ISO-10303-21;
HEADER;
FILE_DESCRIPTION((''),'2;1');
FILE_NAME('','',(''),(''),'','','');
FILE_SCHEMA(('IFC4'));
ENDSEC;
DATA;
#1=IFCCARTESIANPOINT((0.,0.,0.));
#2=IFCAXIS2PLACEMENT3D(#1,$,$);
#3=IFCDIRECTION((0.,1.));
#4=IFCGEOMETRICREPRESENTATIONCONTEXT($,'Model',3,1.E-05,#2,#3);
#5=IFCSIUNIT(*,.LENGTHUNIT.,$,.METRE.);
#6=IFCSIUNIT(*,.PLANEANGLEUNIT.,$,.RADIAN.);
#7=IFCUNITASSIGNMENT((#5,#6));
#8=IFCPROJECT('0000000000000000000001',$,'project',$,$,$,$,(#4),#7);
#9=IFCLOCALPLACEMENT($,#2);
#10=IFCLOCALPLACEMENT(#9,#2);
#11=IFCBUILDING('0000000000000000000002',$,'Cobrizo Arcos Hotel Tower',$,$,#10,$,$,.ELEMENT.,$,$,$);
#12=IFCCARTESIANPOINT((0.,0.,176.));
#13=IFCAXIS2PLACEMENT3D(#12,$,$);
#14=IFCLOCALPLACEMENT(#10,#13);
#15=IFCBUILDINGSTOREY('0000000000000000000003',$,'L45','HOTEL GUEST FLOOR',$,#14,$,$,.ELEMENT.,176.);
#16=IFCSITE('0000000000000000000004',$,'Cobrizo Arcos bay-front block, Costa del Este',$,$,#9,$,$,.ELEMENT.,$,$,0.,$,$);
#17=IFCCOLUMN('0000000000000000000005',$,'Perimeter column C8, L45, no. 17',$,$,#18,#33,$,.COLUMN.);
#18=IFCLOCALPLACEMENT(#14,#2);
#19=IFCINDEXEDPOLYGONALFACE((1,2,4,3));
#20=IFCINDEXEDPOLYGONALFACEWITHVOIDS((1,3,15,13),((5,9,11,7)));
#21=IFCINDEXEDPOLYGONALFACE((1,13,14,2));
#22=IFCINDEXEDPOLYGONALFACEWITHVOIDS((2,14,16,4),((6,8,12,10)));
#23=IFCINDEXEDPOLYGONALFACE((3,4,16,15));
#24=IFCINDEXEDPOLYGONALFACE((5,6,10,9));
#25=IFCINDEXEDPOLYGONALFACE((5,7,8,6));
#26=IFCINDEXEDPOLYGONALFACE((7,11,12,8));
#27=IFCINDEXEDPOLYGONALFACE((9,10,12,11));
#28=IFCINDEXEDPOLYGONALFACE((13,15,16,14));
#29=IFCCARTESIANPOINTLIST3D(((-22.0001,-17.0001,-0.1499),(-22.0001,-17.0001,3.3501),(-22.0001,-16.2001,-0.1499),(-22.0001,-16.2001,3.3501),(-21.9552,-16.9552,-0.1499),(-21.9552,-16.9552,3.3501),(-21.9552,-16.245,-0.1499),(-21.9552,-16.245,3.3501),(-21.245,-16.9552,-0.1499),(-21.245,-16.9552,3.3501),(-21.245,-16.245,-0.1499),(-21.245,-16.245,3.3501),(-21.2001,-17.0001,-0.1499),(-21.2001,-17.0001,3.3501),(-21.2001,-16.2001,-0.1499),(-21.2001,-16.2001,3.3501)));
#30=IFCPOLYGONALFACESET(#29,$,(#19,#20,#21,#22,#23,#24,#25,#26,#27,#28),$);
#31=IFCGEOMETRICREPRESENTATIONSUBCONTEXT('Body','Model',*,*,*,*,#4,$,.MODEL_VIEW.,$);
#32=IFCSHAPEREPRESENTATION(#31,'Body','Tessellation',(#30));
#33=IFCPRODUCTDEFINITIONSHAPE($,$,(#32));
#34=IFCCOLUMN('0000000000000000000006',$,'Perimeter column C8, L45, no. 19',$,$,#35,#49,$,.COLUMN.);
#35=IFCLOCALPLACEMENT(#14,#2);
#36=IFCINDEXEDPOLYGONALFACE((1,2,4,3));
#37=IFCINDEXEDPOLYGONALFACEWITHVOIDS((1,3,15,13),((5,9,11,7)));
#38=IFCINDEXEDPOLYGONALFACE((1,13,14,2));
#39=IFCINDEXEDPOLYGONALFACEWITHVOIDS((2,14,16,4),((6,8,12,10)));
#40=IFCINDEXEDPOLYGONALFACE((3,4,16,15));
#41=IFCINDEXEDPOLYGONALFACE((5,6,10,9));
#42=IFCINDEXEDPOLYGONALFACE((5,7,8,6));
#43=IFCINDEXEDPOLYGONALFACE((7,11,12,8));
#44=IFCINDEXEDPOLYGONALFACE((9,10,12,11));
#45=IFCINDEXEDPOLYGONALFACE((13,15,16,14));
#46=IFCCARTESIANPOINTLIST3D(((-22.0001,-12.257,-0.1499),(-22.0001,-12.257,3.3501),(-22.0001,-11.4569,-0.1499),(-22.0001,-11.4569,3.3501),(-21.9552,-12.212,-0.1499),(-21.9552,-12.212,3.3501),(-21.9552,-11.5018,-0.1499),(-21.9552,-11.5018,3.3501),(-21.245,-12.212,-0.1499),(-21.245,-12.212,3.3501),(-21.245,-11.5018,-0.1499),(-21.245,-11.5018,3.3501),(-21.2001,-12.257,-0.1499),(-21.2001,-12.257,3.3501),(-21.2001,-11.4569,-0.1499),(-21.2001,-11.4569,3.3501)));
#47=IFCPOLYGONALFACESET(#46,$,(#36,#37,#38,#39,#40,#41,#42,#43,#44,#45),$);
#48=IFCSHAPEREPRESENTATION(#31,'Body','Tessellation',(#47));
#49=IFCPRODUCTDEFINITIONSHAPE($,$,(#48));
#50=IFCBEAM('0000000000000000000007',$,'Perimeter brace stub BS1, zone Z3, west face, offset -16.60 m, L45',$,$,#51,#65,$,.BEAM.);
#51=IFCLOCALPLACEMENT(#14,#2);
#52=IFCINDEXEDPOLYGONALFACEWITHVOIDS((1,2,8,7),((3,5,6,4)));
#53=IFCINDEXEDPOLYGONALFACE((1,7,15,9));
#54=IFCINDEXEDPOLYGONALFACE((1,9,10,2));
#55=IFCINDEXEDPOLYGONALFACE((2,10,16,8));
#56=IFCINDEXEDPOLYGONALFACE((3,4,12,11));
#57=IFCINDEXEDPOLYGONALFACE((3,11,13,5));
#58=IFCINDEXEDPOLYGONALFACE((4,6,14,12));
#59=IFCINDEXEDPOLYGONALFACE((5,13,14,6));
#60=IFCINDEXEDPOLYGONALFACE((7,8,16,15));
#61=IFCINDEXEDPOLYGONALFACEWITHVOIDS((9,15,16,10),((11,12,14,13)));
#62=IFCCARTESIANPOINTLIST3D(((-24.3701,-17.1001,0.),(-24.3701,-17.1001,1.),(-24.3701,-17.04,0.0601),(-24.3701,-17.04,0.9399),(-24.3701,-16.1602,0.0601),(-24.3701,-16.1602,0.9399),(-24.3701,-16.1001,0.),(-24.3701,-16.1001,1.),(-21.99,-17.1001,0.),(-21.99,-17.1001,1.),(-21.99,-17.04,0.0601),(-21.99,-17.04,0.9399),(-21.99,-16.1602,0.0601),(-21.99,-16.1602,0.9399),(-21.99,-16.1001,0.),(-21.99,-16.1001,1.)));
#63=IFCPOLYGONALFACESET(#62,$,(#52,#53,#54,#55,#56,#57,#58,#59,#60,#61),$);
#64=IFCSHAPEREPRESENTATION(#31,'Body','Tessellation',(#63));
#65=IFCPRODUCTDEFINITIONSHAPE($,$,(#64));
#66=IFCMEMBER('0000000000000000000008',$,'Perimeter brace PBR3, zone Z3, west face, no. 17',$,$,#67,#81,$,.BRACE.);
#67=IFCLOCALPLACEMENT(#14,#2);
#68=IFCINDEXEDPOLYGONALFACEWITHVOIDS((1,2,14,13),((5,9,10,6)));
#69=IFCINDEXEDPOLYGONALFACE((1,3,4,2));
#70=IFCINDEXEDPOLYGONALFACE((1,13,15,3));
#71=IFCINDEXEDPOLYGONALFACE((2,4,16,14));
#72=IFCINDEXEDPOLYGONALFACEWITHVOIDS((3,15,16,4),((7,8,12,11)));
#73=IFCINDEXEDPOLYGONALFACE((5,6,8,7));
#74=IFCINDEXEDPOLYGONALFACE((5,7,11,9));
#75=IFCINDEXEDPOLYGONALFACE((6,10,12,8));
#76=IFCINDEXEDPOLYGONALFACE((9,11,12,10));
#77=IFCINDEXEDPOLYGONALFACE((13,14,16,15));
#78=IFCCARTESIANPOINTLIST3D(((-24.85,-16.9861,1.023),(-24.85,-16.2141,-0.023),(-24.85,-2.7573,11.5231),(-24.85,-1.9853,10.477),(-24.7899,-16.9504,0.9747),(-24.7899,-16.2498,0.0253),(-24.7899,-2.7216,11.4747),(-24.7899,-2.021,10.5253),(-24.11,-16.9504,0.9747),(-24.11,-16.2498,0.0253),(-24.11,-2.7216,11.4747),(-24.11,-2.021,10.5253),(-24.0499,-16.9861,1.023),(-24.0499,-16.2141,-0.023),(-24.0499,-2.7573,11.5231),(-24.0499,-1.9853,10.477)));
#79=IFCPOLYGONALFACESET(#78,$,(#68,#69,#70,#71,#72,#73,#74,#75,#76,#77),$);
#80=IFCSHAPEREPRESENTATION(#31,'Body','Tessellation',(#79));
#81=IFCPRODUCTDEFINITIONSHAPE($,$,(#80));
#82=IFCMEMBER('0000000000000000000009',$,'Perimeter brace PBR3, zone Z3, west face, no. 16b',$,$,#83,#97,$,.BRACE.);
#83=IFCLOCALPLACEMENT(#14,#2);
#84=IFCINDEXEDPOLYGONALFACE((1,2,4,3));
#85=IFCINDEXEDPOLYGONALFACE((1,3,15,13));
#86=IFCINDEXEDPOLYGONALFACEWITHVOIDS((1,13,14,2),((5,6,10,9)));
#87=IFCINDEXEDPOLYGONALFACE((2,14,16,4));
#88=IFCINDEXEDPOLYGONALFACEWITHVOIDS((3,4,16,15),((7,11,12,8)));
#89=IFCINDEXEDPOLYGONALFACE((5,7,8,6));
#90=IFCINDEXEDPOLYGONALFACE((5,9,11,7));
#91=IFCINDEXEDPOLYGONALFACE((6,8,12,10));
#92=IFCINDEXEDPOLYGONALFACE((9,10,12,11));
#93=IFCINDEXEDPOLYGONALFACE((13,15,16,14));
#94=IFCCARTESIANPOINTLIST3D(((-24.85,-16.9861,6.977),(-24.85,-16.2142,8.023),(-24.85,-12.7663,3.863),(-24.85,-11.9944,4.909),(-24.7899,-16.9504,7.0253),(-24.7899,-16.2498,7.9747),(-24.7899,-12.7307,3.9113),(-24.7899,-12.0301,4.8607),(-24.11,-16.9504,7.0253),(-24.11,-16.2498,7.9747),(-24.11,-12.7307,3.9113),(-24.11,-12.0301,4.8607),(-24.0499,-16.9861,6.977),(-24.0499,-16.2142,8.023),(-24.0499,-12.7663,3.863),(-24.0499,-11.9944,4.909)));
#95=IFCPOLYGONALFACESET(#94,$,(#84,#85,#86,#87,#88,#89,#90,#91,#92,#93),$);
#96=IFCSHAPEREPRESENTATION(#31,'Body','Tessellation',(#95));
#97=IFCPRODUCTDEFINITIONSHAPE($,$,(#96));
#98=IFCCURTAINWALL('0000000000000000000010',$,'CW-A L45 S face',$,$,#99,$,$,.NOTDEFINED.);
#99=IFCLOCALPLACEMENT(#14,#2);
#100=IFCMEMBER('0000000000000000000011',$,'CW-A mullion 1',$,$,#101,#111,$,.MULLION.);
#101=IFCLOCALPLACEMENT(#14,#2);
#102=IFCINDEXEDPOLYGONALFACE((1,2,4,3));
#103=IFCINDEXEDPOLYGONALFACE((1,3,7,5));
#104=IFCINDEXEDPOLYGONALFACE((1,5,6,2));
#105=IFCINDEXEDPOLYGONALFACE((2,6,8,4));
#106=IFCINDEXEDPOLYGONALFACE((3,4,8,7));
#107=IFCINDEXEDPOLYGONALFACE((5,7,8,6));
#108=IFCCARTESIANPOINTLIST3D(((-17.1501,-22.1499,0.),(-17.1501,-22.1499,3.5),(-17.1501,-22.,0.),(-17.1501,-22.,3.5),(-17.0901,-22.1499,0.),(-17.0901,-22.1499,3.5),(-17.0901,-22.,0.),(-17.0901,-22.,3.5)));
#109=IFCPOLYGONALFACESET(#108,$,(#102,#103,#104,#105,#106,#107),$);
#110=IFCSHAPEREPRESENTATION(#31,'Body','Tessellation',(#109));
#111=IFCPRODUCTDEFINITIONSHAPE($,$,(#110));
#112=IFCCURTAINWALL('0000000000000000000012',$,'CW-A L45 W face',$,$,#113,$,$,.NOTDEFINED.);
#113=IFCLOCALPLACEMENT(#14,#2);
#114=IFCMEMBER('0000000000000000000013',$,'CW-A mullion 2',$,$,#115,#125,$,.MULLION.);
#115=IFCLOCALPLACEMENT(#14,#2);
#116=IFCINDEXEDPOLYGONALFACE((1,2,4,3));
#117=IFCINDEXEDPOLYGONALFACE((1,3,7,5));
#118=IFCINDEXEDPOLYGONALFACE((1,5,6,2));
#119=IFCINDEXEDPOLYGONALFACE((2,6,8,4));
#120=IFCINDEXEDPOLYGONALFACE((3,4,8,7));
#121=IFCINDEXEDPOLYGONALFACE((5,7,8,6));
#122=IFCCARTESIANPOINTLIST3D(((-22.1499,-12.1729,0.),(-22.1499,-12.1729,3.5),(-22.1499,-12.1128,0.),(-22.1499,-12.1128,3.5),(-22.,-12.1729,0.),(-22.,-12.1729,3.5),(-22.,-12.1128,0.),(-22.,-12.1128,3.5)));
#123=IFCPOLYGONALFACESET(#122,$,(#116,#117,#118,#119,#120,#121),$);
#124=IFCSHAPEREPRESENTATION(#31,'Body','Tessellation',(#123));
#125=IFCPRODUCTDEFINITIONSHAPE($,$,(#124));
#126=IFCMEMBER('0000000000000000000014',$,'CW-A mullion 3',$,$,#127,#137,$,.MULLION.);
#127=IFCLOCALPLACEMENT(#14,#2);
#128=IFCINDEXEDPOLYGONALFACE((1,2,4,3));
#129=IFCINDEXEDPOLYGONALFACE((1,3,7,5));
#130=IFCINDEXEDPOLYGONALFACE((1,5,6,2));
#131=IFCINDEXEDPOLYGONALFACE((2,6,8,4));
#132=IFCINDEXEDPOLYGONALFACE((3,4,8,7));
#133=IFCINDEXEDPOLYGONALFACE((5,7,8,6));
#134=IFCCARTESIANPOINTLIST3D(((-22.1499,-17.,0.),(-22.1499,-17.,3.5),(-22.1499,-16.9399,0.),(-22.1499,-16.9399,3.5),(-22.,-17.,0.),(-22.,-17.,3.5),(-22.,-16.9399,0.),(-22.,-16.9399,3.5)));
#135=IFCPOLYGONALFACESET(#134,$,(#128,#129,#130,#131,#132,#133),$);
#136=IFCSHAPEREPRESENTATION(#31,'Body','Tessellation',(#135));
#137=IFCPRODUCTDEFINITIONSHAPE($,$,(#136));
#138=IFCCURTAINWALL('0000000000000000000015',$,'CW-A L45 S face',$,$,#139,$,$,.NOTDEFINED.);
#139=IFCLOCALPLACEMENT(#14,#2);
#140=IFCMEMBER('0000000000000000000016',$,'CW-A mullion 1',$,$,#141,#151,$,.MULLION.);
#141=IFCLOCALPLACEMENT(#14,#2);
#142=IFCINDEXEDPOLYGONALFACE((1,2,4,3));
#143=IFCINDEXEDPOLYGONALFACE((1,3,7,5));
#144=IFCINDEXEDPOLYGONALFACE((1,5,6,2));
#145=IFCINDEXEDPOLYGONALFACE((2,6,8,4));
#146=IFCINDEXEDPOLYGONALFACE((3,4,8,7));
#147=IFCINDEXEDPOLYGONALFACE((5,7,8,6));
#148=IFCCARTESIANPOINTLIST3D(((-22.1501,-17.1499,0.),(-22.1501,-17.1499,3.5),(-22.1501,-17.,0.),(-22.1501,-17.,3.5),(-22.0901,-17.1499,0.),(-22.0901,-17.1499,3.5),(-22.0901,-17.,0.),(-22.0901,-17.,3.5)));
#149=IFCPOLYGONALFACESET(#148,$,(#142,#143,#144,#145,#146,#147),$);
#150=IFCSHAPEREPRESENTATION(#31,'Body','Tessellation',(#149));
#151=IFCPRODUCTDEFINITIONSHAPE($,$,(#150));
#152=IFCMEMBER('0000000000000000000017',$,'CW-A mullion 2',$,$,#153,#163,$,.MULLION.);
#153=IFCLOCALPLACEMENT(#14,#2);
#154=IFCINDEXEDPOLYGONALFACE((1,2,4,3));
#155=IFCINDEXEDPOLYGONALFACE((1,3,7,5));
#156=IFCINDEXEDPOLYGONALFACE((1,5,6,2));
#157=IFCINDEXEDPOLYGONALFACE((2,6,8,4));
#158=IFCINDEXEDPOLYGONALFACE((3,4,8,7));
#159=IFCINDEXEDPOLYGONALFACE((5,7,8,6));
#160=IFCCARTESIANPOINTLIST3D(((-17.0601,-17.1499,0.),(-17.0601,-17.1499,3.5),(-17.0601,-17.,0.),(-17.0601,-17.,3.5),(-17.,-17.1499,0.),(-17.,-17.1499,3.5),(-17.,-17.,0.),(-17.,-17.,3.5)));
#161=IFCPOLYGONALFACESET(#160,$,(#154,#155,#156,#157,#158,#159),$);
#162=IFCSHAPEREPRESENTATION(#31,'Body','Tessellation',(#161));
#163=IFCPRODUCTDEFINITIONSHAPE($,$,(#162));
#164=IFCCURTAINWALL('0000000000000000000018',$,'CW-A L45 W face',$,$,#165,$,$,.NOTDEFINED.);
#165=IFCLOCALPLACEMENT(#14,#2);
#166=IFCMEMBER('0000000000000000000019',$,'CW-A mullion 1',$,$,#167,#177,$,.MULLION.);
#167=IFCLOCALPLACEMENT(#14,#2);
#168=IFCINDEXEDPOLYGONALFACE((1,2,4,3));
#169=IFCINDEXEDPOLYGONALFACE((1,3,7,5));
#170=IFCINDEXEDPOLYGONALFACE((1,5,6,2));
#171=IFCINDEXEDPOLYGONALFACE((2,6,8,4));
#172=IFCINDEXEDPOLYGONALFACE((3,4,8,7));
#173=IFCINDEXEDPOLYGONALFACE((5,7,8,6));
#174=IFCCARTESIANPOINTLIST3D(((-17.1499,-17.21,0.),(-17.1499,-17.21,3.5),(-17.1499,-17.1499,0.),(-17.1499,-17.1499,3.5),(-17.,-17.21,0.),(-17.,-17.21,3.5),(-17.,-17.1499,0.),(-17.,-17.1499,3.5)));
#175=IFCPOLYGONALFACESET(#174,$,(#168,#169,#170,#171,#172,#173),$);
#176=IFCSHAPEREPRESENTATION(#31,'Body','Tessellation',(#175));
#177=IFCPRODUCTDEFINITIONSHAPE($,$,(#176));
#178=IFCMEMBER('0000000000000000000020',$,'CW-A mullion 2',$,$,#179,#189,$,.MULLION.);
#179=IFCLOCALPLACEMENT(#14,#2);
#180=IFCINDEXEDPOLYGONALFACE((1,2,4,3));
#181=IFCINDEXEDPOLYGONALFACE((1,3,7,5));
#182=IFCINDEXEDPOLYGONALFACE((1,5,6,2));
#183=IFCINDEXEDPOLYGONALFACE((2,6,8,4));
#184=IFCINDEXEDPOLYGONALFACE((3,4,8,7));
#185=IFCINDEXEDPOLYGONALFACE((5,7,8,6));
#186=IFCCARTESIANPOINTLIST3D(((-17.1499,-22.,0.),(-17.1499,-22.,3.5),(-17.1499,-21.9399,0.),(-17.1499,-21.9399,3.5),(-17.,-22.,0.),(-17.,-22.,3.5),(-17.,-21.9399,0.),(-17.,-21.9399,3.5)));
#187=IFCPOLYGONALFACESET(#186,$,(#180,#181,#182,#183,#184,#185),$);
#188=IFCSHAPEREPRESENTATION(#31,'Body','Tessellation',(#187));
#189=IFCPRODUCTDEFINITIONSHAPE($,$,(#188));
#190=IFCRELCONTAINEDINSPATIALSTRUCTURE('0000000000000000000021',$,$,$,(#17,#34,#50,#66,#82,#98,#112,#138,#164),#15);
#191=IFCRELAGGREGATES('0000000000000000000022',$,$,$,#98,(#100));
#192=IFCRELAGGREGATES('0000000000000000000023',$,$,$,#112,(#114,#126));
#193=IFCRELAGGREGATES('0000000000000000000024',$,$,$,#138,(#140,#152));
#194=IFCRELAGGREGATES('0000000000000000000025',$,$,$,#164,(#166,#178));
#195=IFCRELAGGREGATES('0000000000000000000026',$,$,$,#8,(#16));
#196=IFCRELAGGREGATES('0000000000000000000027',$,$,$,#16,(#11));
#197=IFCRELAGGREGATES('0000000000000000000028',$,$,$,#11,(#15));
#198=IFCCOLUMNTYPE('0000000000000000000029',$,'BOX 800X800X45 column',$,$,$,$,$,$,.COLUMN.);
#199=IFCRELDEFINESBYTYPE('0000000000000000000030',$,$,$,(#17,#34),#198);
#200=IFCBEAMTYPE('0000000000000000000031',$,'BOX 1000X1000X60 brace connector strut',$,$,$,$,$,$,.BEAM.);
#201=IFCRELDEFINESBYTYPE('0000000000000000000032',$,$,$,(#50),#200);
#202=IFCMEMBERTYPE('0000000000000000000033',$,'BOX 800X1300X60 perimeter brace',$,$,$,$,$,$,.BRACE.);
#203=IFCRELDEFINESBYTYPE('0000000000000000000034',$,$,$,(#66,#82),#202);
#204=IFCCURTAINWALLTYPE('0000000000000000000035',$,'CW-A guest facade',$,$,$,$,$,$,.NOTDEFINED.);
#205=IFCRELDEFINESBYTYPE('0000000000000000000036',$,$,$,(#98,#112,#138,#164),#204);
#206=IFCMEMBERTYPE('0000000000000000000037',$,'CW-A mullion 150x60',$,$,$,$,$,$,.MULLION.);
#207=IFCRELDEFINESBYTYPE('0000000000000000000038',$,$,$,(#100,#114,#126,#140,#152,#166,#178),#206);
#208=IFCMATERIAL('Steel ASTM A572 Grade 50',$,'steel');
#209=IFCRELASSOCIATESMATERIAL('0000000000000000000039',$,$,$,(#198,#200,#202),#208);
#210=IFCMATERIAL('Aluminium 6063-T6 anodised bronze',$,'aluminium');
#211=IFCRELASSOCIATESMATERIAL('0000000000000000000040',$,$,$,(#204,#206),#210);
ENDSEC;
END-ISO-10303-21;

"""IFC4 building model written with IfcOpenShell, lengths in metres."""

from ifc_helpers import new_model, si_unit, direction, frame, origin, origin_2d, place, context, subcontext, project, spatial, rectangle, hollow_rectangle, extrude, material, material_profile, profile_set, type_object, element, aggregate, save


model = new_model("IFC4")

# Units and contexts
model_context = context("Model", 3, precision=1e-05, world=origin(), true_north=direction((0.0, 1.0)))
body_context = subcontext(model_context, "Body", "Model", "MODEL_VIEW")
ifc_project = project(units=[si_unit("LENGTHUNIT", "METRE"), si_unit("PLANEANGLEUNIT", "RADIAN")], contexts=[model_context])

# Site, building, storey
site_placement = place(None, origin())
site = spatial("IfcSite", under=ifc_project, at=site_placement, Name="Cobrizo Arcos bay-front block, Costa del Este", CompositionType="ELEMENT", RefElevation=0.0)
building_placement = place(site_placement, origin())
building = spatial("IfcBuilding", under=site, at=building_placement, Name="Cobrizo Arcos Hotel Tower", CompositionType="ELEMENT")
storey_placement = place(building_placement, frame((0.0, 0.0, 176.0)))
storey = spatial("IfcBuildingStorey", under=building, at=storey_placement, Name="L45", Description="HOTEL GUEST FLOOR", CompositionType="ELEMENT", Elevation=176.0)

# Columns
ifc_material_1 = material(Name="Steel ASTM A572 Grade 50", Category="steel")
ifc_material_profile_1 = material_profile(ifc_material_1, hollow_rectangle(XDim=0.8, YDim=0.8, WallThickness=0.0449, at=origin_2d()), Name="BOX 800X800X45")
ifc_profile_set_1 = profile_set([ifc_material_profile_1], Name="Steel ASTM A572 Grade 50")
column_type = type_object("IfcColumnType", Name="BOX 800X800X45 column", PredefinedType="COLUMN", material=ifc_profile_set_1)
for number, where, z_axis, x_axis, name in (
    (1, (-21.6001, -16.6001, -0.1499), (0.0, 0.0, 1.0), (1.0, 0.0, 0.0), "Perimeter column C8, L45, no. 17"),
    (2, (-21.6001, -11.8569, -0.1499), (0.0, 0.0, 1.0), (1.0, 0.0, 0.0), "Perimeter column C8, L45, no. 19"),
):
    element("IfcColumn", number, at=place(storey_placement, frame(where, z_axis=z_axis, x_axis=x_axis)), inside=storey, type_object=column_type, Name=name, PredefinedType="COLUMN", context=body_context, shape_type="SweptSolid", body=[
        extrude(hollow_rectangle(XDim=0.8, YDim=0.8, WallThickness=0.0449, at=origin_2d()), origin(), (0.0, 0.0, 1.0), 3.5),
    ])

# Beam
ifc_material_profile_2 = material_profile(ifc_material_1, hollow_rectangle(XDim=1.0, YDim=1.0, WallThickness=0.0601, at=origin_2d()), Name="BOX 1000X1000X60")
ifc_profile_set_2 = profile_set([ifc_material_profile_2], Name="Steel ASTM A572 Grade 50")
beam_type_1 = type_object("IfcBeamType", Name="BOX 1000X1000X60 brace connector strut", PredefinedType="BEAM", material=ifc_profile_set_2)
beam_1_placement = place(storey_placement, frame((-21.99, -16.6001, 0.5), z_axis=(-1.0, 0.0, 0.0), x_axis=(0.0, -1.0, 0.0)))
element("IfcBeam", 3, at=beam_1_placement, inside=storey, type_object=beam_type_1, Name="Perimeter brace stub BS1, zone Z3, west face, offset -16.60 m, L45", PredefinedType="BEAM", context=body_context, shape_type="SweptSolid", body=[
    extrude(hollow_rectangle(XDim=1.0, YDim=1.0, WallThickness=0.0601, at=origin_2d()), origin(), (0.0, 0.0, 1.0), 2.3801),
])

# Members
ifc_material_profile_3 = material_profile(ifc_material_1, hollow_rectangle(XDim=0.8, YDim=1.3, WallThickness=0.0601, at=origin_2d()), Name="BOX 800X1300X60")
ifc_profile_set_3 = profile_set([ifc_material_profile_3], Name="Steel ASTM A572 Grade 50")
member_type_1 = type_object("IfcMemberType", Name="BOX 800X1300X60 perimeter brace", PredefinedType="BRACE", material=ifc_profile_set_3)
member_1_placement = place(storey_placement, frame((-24.45, -16.6001, 0.5), z_axis=(0.0, 0.804633, 0.593772), x_axis=(-1.0, 0.0, 0.0)))
element("IfcMember", 4, at=member_1_placement, inside=storey, type_object=member_type_1, Name="Perimeter brace PBR3, zone Z3, west face, no. 17", PredefinedType="BRACE", context=body_context, shape_type="SweptSolid", body=[
    extrude(hollow_rectangle(XDim=0.8, YDim=1.3, WallThickness=0.0601, at=origin_2d()), origin(), (0.0, 0.0, 1.0), 17.6836),
])
member_2_placement = place(storey_placement, frame((-24.45, -12.3804, 4.386), z_axis=(0.0, -0.804624, 0.593785), x_axis=(1.0, 0.0, 0.0)))
element("IfcMember", 5, at=member_2_placement, inside=storey, type_object=member_type_1, Name="Perimeter brace PBR3, zone Z3, west face, no. 16b", PredefinedType="BRACE", context=body_context, shape_type="SweptSolid", body=[
    extrude(hollow_rectangle(XDim=0.8, YDim=1.3, WallThickness=0.0601, at=origin_2d()), origin(), (0.0, 0.0, 1.0), 5.2444),
])

# Curtain wall, member
ifc_material_2 = material(Name="Aluminium 6063-T6 anodised bronze", Category="aluminium")
curtain_wall_type = type_object("IfcCurtainWallType", Name="CW-A guest facade", PredefinedType="NOTDEFINED", material=ifc_material_2)
curtain_wall_1_placement = place(storey_placement, origin())
curtain_wall_1 = element("IfcCurtainWall", 6, at=curtain_wall_1_placement, inside=storey, type_object=curtain_wall_type, Name="CW-A L45 S face", PredefinedType="NOTDEFINED")
ifc_material_profile_4 = material_profile(ifc_material_2, rectangle(XDim=0.1499, YDim=0.0601, at=origin_2d()), Name="CW-A mullion 150x60")
ifc_profile_set_4 = profile_set([ifc_material_profile_4], Name="Aluminium 6063-T6 anodised bronze")
member_type_2 = type_object("IfcMemberType", Name="CW-A mullion 150x60", PredefinedType="MULLION", material=ifc_profile_set_4)
member_3_placement = place(storey_placement, frame((-17.1201, -22.075, 0.0), z_axis=(0.0, 0.0, 1.0), x_axis=(0.0, -1.0, 0.0)))
member_3 = element("IfcMember", 7, at=member_3_placement, type_object=member_type_2, Name="CW-A mullion 1", PredefinedType="MULLION", context=body_context, shape_type="SweptSolid", body=[
    extrude(rectangle(XDim=0.1499, YDim=0.0601, at=origin_2d()), origin(), (0.0, 0.0, 1.0), 3.5),
])
aggregate(curtain_wall_1, [member_3])

# Curtain walls, members
curtain_wall_2_placement = place(storey_placement, origin())
curtain_wall_2 = element("IfcCurtainWall", 8, at=curtain_wall_2_placement, inside=storey, type_object=curtain_wall_type, Name="CW-A L45 W face", PredefinedType="NOTDEFINED")
member_4_placement = place(storey_placement, frame((-22.075, -12.1428, 0.0), z_axis=(0.0, 0.0, 1.0), x_axis=(-1.0, 0.0, 0.0)))
member_4 = element("IfcMember", 9, at=member_4_placement, type_object=member_type_2, Name="CW-A mullion 2", PredefinedType="MULLION", context=body_context, shape_type="SweptSolid", body=[
    extrude(rectangle(XDim=0.1499, YDim=0.0601, at=origin_2d()), origin(), (0.0, 0.0, 1.0), 3.5),
])
member_5_placement = place(storey_placement, frame((-22.075, -16.97, 0.0), z_axis=(0.0, 0.0, 1.0), x_axis=(-1.0, 0.0, 0.0)))
member_5 = element("IfcMember", 10, at=member_5_placement, type_object=member_type_2, Name="CW-A mullion 3", PredefinedType="MULLION", context=body_context, shape_type="SweptSolid", body=[
    extrude(rectangle(XDim=0.1499, YDim=0.0601, at=origin_2d()), origin(), (0.0, 0.0, 1.0), 3.5),
])
curtain_wall_3_placement = place(storey_placement, origin())
curtain_wall_3 = element("IfcCurtainWall", 11, at=curtain_wall_3_placement, inside=storey, type_object=curtain_wall_type, Name="CW-A L45 S face", PredefinedType="NOTDEFINED")
member_6_placement = place(storey_placement, frame((-22.1201, -17.075, 0.0), z_axis=(0.0, 0.0, 1.0), x_axis=(0.0, -1.0, 0.0)))
member_6 = element("IfcMember", 12, at=member_6_placement, type_object=member_type_2, Name="CW-A mullion 1", PredefinedType="MULLION", context=body_context, shape_type="SweptSolid", body=[
    extrude(rectangle(XDim=0.1499, YDim=0.0601, at=origin_2d()), origin(), (0.0, 0.0, 1.0), 3.5),
])
member_7_placement = place(storey_placement, frame((-17.03, -17.075, 0.0), z_axis=(0.0, 0.0, 1.0), x_axis=(0.0, -1.0, 0.0)))
member_7 = element("IfcMember", 13, at=member_7_placement, type_object=member_type_2, Name="CW-A mullion 2", PredefinedType="MULLION", context=body_context, shape_type="SweptSolid", body=[
    extrude(rectangle(XDim=0.1499, YDim=0.0601, at=origin_2d()), origin(), (0.0, 0.0, 1.0), 3.5),
])
curtain_wall_4_placement = place(storey_placement, origin())
curtain_wall_4 = element("IfcCurtainWall", 14, at=curtain_wall_4_placement, inside=storey, type_object=curtain_wall_type, Name="CW-A L45 W face", PredefinedType="NOTDEFINED")
member_8_placement = place(storey_placement, frame((-17.075, -17.1799, 0.0), z_axis=(0.0, 0.0, 1.0), x_axis=(-1.0, 0.0, 0.0)))
member_8 = element("IfcMember", 15, at=member_8_placement, type_object=member_type_2, Name="CW-A mullion 1", PredefinedType="MULLION", context=body_context, shape_type="SweptSolid", body=[
    extrude(rectangle(XDim=0.1499, YDim=0.0601, at=origin_2d()), origin(), (0.0, 0.0, 1.0), 3.5),
])
member_9_placement = place(storey_placement, frame((-17.075, -21.97, 0.0), z_axis=(0.0, 0.0, 1.0), x_axis=(-1.0, 0.0, 0.0)))
member_9 = element("IfcMember", 16, at=member_9_placement, type_object=member_type_2, Name="CW-A mullion 2", PredefinedType="MULLION", context=body_context, shape_type="SweptSolid", body=[
    extrude(rectangle(XDim=0.1499, YDim=0.0601, at=origin_2d()), origin(), (0.0, 0.0, 1.0), 3.5),
])

aggregate(curtain_wall_2, [member_4, member_5])
aggregate(curtain_wall_3, [member_6, member_7])
aggregate(curtain_wall_4, [member_8, member_9])

save(model, "model.ifc")
